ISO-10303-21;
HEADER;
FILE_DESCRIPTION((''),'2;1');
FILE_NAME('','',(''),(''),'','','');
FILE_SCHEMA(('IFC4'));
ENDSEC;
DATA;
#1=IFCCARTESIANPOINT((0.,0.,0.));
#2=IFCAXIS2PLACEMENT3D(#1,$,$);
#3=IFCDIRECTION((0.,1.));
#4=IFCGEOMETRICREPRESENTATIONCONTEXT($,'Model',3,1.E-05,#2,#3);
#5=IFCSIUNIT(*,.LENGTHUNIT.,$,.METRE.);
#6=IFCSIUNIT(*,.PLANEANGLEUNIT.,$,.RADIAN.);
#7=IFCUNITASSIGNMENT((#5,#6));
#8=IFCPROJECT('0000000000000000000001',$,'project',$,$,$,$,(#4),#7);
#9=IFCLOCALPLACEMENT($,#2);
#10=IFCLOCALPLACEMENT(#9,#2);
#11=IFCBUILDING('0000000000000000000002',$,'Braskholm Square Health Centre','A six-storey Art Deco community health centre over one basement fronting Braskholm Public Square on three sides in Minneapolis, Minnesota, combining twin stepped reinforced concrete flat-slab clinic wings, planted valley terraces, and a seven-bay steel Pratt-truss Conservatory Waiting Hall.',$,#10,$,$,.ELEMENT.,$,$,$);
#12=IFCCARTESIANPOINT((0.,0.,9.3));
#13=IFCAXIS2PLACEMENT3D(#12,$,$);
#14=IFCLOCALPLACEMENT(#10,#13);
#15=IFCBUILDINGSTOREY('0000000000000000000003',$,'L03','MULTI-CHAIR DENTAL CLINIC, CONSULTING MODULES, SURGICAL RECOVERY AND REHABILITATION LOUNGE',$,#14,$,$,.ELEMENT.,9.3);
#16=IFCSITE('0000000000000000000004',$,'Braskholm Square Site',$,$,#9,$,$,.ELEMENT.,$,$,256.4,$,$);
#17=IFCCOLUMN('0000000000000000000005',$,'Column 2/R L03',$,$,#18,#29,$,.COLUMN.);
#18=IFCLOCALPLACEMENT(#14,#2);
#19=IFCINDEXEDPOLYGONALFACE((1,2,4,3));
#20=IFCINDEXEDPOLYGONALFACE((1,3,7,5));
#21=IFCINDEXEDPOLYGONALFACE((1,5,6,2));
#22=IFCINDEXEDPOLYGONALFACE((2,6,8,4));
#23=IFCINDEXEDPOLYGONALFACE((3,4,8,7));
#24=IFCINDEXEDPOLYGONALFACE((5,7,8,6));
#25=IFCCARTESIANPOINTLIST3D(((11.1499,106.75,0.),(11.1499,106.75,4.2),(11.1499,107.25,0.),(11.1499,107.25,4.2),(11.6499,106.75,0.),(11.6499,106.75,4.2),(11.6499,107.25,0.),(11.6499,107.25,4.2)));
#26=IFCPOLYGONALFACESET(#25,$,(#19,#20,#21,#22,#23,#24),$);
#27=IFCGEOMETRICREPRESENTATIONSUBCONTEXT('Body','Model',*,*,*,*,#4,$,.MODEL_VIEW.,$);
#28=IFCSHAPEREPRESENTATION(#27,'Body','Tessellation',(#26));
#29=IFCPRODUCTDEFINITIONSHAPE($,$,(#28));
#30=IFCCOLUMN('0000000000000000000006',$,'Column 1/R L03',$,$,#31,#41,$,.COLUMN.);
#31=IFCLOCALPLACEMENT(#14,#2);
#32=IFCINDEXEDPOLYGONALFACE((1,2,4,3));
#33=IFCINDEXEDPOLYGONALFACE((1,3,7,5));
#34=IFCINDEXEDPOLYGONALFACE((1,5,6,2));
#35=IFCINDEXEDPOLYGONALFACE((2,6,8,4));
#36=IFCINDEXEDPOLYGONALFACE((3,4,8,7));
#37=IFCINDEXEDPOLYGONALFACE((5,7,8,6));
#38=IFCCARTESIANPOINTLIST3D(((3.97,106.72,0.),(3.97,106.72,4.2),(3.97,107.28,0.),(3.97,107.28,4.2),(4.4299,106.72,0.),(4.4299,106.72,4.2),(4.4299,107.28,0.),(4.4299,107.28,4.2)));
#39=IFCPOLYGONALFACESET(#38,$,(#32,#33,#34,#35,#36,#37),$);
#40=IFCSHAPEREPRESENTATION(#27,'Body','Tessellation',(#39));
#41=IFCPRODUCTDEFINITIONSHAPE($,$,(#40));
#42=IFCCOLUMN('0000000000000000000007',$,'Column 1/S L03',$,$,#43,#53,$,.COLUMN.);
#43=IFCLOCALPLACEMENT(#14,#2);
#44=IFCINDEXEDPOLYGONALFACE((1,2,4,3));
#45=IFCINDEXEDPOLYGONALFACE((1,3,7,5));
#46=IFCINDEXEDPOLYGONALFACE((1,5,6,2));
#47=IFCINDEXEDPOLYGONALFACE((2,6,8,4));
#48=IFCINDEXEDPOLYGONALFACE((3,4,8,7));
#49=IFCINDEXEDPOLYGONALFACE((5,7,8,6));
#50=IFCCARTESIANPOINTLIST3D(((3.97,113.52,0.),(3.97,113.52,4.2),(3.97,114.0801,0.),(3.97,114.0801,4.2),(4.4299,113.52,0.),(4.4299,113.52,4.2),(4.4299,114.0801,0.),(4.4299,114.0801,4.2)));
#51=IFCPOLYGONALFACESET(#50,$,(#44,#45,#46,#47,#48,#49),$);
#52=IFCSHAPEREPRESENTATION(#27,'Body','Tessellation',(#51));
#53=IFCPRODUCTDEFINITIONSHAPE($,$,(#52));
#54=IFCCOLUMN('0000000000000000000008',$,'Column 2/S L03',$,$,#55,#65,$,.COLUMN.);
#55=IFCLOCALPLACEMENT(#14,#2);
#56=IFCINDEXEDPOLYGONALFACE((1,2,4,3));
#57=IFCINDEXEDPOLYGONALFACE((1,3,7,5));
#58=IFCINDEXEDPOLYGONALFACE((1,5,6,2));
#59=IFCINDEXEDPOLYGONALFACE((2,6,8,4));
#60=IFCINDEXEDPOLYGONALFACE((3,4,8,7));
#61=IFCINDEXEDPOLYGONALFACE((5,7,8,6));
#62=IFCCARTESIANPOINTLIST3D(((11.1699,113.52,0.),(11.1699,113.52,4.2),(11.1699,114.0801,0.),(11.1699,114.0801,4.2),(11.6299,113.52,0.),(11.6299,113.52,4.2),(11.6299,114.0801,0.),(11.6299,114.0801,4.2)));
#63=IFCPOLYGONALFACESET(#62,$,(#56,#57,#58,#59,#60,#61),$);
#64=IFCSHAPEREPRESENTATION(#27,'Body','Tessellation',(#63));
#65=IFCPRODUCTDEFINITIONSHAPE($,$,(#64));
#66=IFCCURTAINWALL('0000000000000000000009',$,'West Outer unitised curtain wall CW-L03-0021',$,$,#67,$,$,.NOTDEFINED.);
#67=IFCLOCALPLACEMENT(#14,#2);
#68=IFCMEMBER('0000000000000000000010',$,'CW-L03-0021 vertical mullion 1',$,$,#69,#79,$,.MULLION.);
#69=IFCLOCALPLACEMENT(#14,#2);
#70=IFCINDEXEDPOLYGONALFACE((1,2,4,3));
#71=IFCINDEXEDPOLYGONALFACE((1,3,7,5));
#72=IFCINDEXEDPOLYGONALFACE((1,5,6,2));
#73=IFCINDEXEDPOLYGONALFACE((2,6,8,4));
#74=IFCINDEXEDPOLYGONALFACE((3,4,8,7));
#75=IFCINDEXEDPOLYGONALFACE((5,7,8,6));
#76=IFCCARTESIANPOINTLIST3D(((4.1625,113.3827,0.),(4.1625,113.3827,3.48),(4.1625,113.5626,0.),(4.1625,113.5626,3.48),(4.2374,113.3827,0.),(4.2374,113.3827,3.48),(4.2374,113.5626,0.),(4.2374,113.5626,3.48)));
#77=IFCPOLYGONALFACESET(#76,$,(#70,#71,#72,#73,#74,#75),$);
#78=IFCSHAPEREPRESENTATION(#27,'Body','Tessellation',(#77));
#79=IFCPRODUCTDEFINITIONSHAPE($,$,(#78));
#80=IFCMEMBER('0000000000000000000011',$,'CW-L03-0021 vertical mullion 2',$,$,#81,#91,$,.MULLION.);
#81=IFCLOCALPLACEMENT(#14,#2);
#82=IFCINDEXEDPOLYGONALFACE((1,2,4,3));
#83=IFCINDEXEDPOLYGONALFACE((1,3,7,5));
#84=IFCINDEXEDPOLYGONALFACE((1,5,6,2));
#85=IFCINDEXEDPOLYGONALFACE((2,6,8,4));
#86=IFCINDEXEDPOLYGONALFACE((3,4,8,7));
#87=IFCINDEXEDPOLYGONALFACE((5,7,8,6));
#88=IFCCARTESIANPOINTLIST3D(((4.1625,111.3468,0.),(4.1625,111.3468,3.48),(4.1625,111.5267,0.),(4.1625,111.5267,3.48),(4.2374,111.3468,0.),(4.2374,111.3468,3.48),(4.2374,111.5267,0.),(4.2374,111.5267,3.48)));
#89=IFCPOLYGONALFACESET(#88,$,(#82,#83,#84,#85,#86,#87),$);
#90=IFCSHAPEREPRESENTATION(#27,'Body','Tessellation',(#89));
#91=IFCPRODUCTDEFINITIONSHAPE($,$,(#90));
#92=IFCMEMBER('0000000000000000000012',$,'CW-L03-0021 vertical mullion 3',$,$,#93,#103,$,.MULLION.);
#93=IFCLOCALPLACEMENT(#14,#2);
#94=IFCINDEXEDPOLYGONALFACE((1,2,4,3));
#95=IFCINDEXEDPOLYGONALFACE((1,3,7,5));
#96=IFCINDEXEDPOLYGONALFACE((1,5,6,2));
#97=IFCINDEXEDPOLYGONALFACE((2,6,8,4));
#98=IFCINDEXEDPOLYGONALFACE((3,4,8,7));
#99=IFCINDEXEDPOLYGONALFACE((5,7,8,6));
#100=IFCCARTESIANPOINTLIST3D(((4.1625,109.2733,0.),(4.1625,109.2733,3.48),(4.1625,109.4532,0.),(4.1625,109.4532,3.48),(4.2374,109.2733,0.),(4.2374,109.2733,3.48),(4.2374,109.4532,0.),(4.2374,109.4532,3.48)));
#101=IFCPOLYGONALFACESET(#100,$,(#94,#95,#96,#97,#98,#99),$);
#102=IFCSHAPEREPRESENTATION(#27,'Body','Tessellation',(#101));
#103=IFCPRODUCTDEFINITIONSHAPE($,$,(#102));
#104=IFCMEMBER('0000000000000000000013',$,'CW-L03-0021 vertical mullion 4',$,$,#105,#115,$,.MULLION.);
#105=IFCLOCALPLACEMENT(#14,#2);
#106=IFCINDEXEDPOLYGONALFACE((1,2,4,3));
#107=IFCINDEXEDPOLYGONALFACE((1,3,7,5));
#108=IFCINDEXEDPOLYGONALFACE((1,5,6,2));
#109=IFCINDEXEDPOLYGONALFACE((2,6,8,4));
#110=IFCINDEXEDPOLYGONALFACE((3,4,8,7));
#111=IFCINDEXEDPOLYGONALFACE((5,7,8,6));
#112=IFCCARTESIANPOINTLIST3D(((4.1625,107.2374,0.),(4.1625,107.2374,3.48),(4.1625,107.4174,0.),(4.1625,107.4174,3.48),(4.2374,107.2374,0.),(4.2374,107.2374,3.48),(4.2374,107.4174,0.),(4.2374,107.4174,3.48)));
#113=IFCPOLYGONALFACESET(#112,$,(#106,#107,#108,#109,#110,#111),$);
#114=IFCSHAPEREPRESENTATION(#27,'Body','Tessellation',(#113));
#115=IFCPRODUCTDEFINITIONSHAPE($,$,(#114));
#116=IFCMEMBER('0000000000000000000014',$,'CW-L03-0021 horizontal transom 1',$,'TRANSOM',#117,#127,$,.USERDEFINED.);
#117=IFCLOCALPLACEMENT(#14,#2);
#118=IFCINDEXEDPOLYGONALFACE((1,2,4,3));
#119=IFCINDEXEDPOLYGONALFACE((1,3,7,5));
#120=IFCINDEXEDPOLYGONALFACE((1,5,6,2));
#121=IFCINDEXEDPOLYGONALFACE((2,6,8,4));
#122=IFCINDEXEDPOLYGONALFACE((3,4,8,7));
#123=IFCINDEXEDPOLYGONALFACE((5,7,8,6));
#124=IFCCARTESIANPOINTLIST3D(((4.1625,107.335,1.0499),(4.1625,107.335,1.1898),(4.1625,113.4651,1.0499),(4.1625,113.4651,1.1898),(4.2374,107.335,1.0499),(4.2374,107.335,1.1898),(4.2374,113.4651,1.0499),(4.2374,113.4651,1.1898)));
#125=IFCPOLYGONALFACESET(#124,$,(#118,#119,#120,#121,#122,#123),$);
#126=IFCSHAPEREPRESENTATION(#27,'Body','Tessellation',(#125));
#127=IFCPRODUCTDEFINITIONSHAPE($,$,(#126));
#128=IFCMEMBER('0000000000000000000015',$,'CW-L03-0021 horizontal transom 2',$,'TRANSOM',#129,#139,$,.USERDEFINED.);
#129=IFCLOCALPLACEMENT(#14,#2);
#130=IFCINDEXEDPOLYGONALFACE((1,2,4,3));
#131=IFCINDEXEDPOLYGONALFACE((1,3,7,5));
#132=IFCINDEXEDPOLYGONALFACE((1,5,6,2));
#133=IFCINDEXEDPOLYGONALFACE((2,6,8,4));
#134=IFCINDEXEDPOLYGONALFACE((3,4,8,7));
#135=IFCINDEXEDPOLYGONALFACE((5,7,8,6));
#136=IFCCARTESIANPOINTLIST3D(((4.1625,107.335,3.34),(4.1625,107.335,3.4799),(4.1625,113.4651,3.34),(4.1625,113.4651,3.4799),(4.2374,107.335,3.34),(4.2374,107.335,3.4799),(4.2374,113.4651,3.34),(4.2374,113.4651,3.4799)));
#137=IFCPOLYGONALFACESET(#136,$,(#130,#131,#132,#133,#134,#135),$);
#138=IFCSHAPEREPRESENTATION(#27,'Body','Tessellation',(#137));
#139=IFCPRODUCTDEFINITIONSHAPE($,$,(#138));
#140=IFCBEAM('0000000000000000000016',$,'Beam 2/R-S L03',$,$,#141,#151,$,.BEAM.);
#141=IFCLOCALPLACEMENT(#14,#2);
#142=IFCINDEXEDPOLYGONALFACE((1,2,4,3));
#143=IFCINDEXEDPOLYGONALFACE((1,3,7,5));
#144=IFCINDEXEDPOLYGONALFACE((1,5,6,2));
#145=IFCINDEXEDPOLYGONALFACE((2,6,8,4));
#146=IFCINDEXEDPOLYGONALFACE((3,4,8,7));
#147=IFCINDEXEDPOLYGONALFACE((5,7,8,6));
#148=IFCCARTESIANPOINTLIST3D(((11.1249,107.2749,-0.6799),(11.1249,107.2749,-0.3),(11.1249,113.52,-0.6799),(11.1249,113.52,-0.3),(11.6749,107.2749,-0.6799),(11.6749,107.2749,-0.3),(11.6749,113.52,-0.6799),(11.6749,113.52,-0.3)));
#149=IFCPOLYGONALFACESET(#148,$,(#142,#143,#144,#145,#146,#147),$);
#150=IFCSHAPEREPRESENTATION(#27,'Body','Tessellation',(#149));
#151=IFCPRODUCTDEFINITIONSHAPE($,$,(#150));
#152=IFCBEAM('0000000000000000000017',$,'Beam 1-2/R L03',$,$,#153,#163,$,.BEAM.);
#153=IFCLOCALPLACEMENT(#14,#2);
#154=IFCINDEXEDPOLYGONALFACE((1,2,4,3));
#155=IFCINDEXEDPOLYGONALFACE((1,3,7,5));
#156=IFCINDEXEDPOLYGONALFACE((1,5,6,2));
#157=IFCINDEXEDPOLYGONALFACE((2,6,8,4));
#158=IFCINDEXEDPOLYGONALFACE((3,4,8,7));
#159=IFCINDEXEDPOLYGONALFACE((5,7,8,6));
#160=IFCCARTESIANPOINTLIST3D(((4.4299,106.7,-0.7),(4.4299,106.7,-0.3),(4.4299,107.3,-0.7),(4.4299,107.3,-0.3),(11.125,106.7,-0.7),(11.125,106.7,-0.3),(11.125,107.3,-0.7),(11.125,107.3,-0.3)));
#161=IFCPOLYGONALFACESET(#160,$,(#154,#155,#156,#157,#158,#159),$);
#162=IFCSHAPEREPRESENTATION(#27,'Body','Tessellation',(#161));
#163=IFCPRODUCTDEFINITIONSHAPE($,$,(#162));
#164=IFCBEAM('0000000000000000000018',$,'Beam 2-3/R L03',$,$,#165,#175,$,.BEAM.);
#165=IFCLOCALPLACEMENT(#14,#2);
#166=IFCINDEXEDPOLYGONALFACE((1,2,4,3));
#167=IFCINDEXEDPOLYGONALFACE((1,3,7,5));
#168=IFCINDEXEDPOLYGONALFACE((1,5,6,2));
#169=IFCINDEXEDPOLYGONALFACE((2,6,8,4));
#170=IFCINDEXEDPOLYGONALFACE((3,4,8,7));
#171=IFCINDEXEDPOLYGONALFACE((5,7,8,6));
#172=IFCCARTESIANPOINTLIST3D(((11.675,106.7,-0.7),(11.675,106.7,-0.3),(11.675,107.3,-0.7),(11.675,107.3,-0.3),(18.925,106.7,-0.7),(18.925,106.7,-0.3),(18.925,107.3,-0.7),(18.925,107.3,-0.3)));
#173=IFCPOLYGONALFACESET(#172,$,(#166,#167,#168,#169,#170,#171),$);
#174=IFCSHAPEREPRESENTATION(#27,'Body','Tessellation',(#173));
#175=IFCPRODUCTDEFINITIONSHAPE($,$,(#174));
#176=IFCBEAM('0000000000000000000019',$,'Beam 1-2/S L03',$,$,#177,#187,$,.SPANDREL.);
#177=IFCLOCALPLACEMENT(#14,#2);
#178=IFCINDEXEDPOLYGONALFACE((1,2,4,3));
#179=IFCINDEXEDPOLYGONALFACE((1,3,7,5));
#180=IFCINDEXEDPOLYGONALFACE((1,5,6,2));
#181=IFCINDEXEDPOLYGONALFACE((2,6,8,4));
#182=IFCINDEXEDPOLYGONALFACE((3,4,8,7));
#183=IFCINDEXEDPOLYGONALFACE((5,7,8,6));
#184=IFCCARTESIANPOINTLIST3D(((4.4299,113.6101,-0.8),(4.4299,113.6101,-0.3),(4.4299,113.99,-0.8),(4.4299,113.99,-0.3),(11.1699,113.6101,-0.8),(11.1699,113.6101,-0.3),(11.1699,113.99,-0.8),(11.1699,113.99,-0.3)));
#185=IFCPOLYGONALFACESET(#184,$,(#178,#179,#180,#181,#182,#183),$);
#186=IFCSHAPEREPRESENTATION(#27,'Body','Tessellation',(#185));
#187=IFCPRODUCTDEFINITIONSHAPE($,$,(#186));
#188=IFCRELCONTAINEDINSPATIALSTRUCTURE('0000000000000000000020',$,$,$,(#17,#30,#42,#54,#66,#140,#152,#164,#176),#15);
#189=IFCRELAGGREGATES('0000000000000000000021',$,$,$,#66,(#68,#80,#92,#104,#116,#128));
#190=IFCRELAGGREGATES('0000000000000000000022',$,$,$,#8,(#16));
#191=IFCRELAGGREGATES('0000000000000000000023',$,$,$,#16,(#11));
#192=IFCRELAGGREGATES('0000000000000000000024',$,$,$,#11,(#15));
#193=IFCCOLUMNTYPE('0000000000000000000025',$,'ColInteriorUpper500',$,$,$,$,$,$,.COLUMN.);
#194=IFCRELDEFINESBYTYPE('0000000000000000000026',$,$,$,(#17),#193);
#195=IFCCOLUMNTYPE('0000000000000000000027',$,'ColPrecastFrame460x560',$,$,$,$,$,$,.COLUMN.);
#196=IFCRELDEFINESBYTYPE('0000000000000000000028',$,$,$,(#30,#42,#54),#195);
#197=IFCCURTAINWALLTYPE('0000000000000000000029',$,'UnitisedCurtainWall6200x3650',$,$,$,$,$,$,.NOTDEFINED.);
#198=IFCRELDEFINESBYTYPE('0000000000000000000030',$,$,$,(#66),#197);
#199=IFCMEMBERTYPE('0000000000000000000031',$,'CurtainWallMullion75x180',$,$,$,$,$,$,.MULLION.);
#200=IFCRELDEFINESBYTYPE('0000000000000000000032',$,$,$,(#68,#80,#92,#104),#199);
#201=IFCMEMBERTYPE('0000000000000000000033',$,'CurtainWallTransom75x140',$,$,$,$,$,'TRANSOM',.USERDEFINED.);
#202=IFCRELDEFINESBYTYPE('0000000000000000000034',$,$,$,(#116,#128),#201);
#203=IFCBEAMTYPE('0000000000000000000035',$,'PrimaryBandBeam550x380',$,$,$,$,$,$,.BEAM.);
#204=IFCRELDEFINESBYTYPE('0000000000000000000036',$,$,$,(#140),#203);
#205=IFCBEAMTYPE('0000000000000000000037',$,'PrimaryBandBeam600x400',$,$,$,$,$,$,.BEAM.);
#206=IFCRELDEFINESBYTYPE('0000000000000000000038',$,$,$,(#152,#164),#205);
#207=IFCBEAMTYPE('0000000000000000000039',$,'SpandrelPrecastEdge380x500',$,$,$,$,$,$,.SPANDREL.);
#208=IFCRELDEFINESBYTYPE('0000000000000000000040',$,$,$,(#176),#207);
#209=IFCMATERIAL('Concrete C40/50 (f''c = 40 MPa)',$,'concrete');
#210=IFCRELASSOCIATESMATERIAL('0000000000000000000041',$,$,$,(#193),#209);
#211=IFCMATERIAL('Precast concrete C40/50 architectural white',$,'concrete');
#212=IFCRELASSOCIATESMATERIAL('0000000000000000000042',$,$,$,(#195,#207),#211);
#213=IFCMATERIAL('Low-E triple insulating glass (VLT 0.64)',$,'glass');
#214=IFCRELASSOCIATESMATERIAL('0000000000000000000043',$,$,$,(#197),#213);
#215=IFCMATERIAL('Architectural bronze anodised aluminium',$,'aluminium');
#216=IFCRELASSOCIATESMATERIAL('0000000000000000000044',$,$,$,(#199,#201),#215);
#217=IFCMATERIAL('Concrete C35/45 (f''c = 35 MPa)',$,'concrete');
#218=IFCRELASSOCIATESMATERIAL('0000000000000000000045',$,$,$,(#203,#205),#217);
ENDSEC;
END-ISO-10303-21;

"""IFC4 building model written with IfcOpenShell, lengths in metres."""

from ifc_helpers import new_model, si_unit, direction, frame, origin, origin_2d, place, context, subcontext, project, spatial, rectangle, extrude, material, material_profile, profile_set, type_object, element, aggregate, save


model = new_model("IFC4")

# Units and contexts
model_context = context("Model", 3, precision=1e-05, world=origin(), true_north=direction((0.0, 1.0)))
body_context = subcontext(model_context, "Body", "Model", "MODEL_VIEW")
ifc_project = project(units=[si_unit("LENGTHUNIT", "METRE"), si_unit("PLANEANGLEUNIT", "RADIAN")], contexts=[model_context])

# Site, building, storey
site_placement = place(None, origin())
site = spatial("IfcSite", under=ifc_project, at=site_placement, Name="Braskholm Square Site", CompositionType="ELEMENT", RefElevation=256.4)
building_placement = place(site_placement, origin())
building = spatial("IfcBuilding", under=site, at=building_placement, Name="Braskholm Square Health Centre", Description="A six-storey Art Deco community health centre over one basement fronting Braskholm Public Square on three sides in Minneapolis, Minnesota, combining twin stepped reinforced concrete flat-slab clinic wings, planted valley terraces, and a seven-bay steel Pratt-truss Conservatory Waiting Hall.", CompositionType="ELEMENT")
storey_placement = place(building_placement, frame((0.0, 0.0, 9.3)))
storey = spatial("IfcBuildingStorey", under=building, at=storey_placement, Name="L03", Description="MULTI-CHAIR DENTAL CLINIC, CONSULTING MODULES, SURGICAL RECOVERY AND REHABILITATION LOUNGE", CompositionType="ELEMENT", Elevation=9.3)

# Columns
ifc_material_1 = material(Name="Concrete C40/50 (f'c = 40 MPa)", Category="concrete")
ifc_material_profile_1 = material_profile(ifc_material_1, rectangle(XDim=0.5, YDim=0.5, at=origin_2d()), Name="RC-500X500")
ifc_profile_set_1 = profile_set([ifc_material_profile_1], Name="Concrete C40/50 (f'c = 40 MPa)")
column_type_1 = type_object("IfcColumnType", Name="ColInteriorUpper500", PredefinedType="COLUMN", material=ifc_profile_set_1)
column_placement = place(storey_placement, frame((11.3999, 107.0, 0.0), z_axis=(0.0, 0.0, 1.0), x_axis=(1.0, 0.0, 0.0)))
element("IfcColumn", 1, at=column_placement, inside=storey, type_object=column_type_1, Name="Column 2/R L03", PredefinedType="COLUMN", context=body_context, shape_type="SweptSolid", body=[
    extrude(rectangle(XDim=0.5, YDim=0.5, at=origin_2d()), origin(), (0.0, 0.0, 1.0), 4.2),
])
ifc_material_2 = material(Name="Precast concrete C40/50 architectural white", Category="concrete")
ifc_material_profile_2 = material_profile(ifc_material_2, rectangle(XDim=0.46, YDim=0.5601, at=origin_2d()), Name="RC-460X560")
ifc_profile_set_2 = profile_set([ifc_material_profile_2], Name="Precast concrete C40/50 architectural white")
column_type_2 = type_object("IfcColumnType", Name="ColPrecastFrame460x560", PredefinedType="COLUMN", material=ifc_profile_set_2)
for number, where, z_axis, x_axis, name in (
    (2, (4.2, 107.0, 0.0), (0.0, 0.0, 1.0), (1.0, 0.0, 0.0), "Column 1/R L03"),
    (3, (4.2, 113.8, 0.0), (0.0, 0.0, 1.0), (1.0, 0.0, 0.0), "Column 1/S L03"),
    (4, (11.3999, 113.8, 0.0), (0.0, 0.0, 1.0), (1.0, 0.0, 0.0), "Column 2/S L03"),
):
    element("IfcColumn", number, at=place(storey_placement, frame(where, z_axis=z_axis, x_axis=x_axis)), inside=storey, type_object=column_type_2, Name=name, PredefinedType="COLUMN", context=body_context, shape_type="SweptSolid", body=[
        extrude(rectangle(XDim=0.46, YDim=0.5601, at=origin_2d()), origin(), (0.0, 0.0, 1.0), 4.2),
    ])

# Curtain wall, members
ifc_material_3 = material(Name="Low-E triple insulating glass (VLT 0.64)", Category="glass")
curtain_wall_type = type_object("IfcCurtainWallType", Name="UnitisedCurtainWall6200x3650", PredefinedType="NOTDEFINED", material=ifc_material_3)
curtain_wall_placement = place(storey_placement, origin())
curtain_wall = element("IfcCurtainWall", 5, at=curtain_wall_placement, inside=storey, type_object=curtain_wall_type, Name="West Outer unitised curtain wall CW-L03-0021", PredefinedType="NOTDEFINED")
ifc_material_4 = material(Name="Architectural bronze anodised aluminium", Category="aluminium")
ifc_material_profile_3 = material_profile(ifc_material_4, rectangle(XDim=0.075, YDim=0.1799, at=origin_2d()), Name="ALU-75X180")
ifc_profile_set_3 = profile_set([ifc_material_profile_3], Name="Architectural bronze anodised aluminium")
member_type_1 = type_object("IfcMemberType", Name="CurtainWallMullion75x180", PredefinedType="MULLION", material=ifc_profile_set_3)
member_1_placement = place(storey_placement, frame((4.2, 113.4727, 0.0), z_axis=(0.0, 0.0, 1.0), x_axis=(1.0, 0.0, 0.0)))
member_1 = element("IfcMember", 6, at=member_1_placement, type_object=member_type_1, Name="CW-L03-0021 vertical mullion 1", PredefinedType="MULLION", context=body_context, shape_type="SweptSolid", body=[
    extrude(rectangle(XDim=0.075, YDim=0.1799, at=origin_2d()), origin(), (0.0, 0.0, 1.0), 3.48),
])
member_2_placement = place(storey_placement, frame((4.2, 111.4368, 0.0), z_axis=(0.0, 0.0, 1.0), x_axis=(1.0, 0.0, 0.0)))
member_2 = element("IfcMember", 7, at=member_2_placement, type_object=member_type_1, Name="CW-L03-0021 vertical mullion 2", PredefinedType="MULLION", context=body_context, shape_type="SweptSolid", body=[
    extrude(rectangle(XDim=0.075, YDim=0.1799, at=origin_2d()), origin(), (0.0, 0.0, 1.0), 3.48),
])
member_3_placement = place(storey_placement, frame((4.2, 109.3633, 0.0), z_axis=(0.0, 0.0, 1.0), x_axis=(1.0, 0.0, 0.0)))
member_3 = element("IfcMember", 8, at=member_3_placement, type_object=member_type_1, Name="CW-L03-0021 vertical mullion 3", PredefinedType="MULLION", context=body_context, shape_type="SweptSolid", body=[
    extrude(rectangle(XDim=0.075, YDim=0.1799, at=origin_2d()), origin(), (0.0, 0.0, 1.0), 3.48),
])
member_4_placement = place(storey_placement, frame((4.2, 107.3274, 0.0), z_axis=(0.0, 0.0, 1.0), x_axis=(1.0, 0.0, 0.0)))
member_4 = element("IfcMember", 9, at=member_4_placement, type_object=member_type_1, Name="CW-L03-0021 vertical mullion 4", PredefinedType="MULLION", context=body_context, shape_type="SweptSolid", body=[
    extrude(rectangle(XDim=0.075, YDim=0.1799, at=origin_2d()), origin(), (0.0, 0.0, 1.0), 3.48),
])
ifc_material_profile_4 = material_profile(ifc_material_4, rectangle(XDim=0.075, YDim=0.1399, at=origin_2d()), Name="ALU-75X140")
ifc_profile_set_4 = profile_set([ifc_material_profile_4], Name="Architectural bronze anodised aluminium")
member_type_2 = type_object("IfcMemberType", Name="CurtainWallTransom75x140", ElementType="TRANSOM", PredefinedType="USERDEFINED", material=ifc_profile_set_4)
member_5_placement = place(storey_placement, frame((4.2, 113.4651, 1.1199), z_axis=(0.0, -1.0, 0.0), x_axis=(1.0, 0.0, 0.0)))
member_5 = element("IfcMember", 10, at=member_5_placement, type_object=member_type_2, Name="CW-L03-0021 horizontal transom 1", ObjectType="TRANSOM", PredefinedType="USERDEFINED", context=body_context, shape_type="SweptSolid", body=[
    extrude(rectangle(XDim=0.075, YDim=0.1399, at=origin_2d()), origin(), (0.0, 0.0, 1.0), 6.1301),
])
member_6_placement = place(storey_placement, frame((4.2, 113.4651, 3.4099), z_axis=(0.0, -1.0, 0.0), x_axis=(1.0, 0.0, 0.0)))
member_6 = element("IfcMember", 11, at=member_6_placement, type_object=member_type_2, Name="CW-L03-0021 horizontal transom 2", ObjectType="TRANSOM", PredefinedType="USERDEFINED", context=body_context, shape_type="SweptSolid", body=[
    extrude(rectangle(XDim=0.075, YDim=0.1399, at=origin_2d()), origin(), (0.0, 0.0, 1.0), 6.1301),
])

# Beams
ifc_material_5 = material(Name="Concrete C35/45 (f'c = 35 MPa)", Category="concrete")
ifc_material_profile_5 = material_profile(ifc_material_5, rectangle(XDim=0.55, YDim=0.3799, at=origin_2d()), Name="RCB-550X380")
ifc_profile_set_5 = profile_set([ifc_material_profile_5], Name="Concrete C35/45 (f'c = 35 MPa)")
beam_type_1 = type_object("IfcBeamType", Name="PrimaryBandBeam550x380", PredefinedType="BEAM", material=ifc_profile_set_5)
beam_1_placement = place(storey_placement, frame((11.3999, 107.2749, -0.49), z_axis=(0.0, 1.0, 0.0), x_axis=(-1.0, 0.0, 0.0)))
element("IfcBeam", 12, at=beam_1_placement, inside=storey, type_object=beam_type_1, Name="Beam 2/R-S L03", PredefinedType="BEAM", context=body_context, shape_type="SweptSolid", body=[
    extrude(rectangle(XDim=0.55, YDim=0.3799, at=origin_2d()), origin(), (0.0, 0.0, 1.0), 6.2451),
])
ifc_material_profile_6 = material_profile(ifc_material_5, rectangle(XDim=0.6001, YDim=0.3999, at=origin_2d()), Name="RCB-600X400")
ifc_profile_set_6 = profile_set([ifc_material_profile_6], Name="Concrete C35/45 (f'c = 35 MPa)")
beam_type_2 = type_object("IfcBeamType", Name="PrimaryBandBeam600x400", PredefinedType="BEAM", material=ifc_profile_set_6)
beam_2_placement = place(storey_placement, frame((4.4299, 107.0, -0.5), z_axis=(1.0, 0.0, 0.0), x_axis=(0.0, 1.0, 0.0)))
element("IfcBeam", 13, at=beam_2_placement, inside=storey, type_object=beam_type_2, Name="Beam 1-2/R L03", PredefinedType="BEAM", context=body_context, shape_type="SweptSolid", body=[
    extrude(rectangle(XDim=0.6001, YDim=0.3999, at=origin_2d()), origin(), (0.0, 0.0, 1.0), 6.6951),
])
beam_3_placement = place(storey_placement, frame((11.675, 107.0, -0.5), z_axis=(1.0, 0.0, 0.0), x_axis=(0.0, 1.0, 0.0)))
element("IfcBeam", 14, at=beam_3_placement, inside=storey, type_object=beam_type_2, Name="Beam 2-3/R L03", PredefinedType="BEAM", context=body_context, shape_type="SweptSolid", body=[
    extrude(rectangle(XDim=0.6001, YDim=0.3999, at=origin_2d()), origin(), (0.0, 0.0, 1.0), 7.25),
])
ifc_material_profile_7 = material_profile(ifc_material_2, rectangle(XDim=0.3799, YDim=0.5, at=origin_2d()), Name="RCB-380X500")
ifc_profile_set_7 = profile_set([ifc_material_profile_7], Name="Precast concrete C40/50 architectural white")
beam_type_3 = type_object("IfcBeamType", Name="SpandrelPrecastEdge380x500", PredefinedType="SPANDREL", material=ifc_profile_set_7)
beam_4_placement = place(storey_placement, frame((4.4299, 113.8, -0.55), z_axis=(1.0, 0.0, 0.0), x_axis=(0.0, 1.0, 0.0)))
element("IfcBeam", 15, at=beam_4_placement, inside=storey, type_object=beam_type_3, Name="Beam 1-2/S L03", PredefinedType="SPANDREL", context=body_context, shape_type="SweptSolid", body=[
    extrude(rectangle(XDim=0.3799, YDim=0.5, at=origin_2d()), origin(), (0.0, 0.0, 1.0), 6.74),
])

aggregate(curtain_wall, [member_1, member_2, member_3, member_4, member_5, member_6])

save(model, "model.ifc")
